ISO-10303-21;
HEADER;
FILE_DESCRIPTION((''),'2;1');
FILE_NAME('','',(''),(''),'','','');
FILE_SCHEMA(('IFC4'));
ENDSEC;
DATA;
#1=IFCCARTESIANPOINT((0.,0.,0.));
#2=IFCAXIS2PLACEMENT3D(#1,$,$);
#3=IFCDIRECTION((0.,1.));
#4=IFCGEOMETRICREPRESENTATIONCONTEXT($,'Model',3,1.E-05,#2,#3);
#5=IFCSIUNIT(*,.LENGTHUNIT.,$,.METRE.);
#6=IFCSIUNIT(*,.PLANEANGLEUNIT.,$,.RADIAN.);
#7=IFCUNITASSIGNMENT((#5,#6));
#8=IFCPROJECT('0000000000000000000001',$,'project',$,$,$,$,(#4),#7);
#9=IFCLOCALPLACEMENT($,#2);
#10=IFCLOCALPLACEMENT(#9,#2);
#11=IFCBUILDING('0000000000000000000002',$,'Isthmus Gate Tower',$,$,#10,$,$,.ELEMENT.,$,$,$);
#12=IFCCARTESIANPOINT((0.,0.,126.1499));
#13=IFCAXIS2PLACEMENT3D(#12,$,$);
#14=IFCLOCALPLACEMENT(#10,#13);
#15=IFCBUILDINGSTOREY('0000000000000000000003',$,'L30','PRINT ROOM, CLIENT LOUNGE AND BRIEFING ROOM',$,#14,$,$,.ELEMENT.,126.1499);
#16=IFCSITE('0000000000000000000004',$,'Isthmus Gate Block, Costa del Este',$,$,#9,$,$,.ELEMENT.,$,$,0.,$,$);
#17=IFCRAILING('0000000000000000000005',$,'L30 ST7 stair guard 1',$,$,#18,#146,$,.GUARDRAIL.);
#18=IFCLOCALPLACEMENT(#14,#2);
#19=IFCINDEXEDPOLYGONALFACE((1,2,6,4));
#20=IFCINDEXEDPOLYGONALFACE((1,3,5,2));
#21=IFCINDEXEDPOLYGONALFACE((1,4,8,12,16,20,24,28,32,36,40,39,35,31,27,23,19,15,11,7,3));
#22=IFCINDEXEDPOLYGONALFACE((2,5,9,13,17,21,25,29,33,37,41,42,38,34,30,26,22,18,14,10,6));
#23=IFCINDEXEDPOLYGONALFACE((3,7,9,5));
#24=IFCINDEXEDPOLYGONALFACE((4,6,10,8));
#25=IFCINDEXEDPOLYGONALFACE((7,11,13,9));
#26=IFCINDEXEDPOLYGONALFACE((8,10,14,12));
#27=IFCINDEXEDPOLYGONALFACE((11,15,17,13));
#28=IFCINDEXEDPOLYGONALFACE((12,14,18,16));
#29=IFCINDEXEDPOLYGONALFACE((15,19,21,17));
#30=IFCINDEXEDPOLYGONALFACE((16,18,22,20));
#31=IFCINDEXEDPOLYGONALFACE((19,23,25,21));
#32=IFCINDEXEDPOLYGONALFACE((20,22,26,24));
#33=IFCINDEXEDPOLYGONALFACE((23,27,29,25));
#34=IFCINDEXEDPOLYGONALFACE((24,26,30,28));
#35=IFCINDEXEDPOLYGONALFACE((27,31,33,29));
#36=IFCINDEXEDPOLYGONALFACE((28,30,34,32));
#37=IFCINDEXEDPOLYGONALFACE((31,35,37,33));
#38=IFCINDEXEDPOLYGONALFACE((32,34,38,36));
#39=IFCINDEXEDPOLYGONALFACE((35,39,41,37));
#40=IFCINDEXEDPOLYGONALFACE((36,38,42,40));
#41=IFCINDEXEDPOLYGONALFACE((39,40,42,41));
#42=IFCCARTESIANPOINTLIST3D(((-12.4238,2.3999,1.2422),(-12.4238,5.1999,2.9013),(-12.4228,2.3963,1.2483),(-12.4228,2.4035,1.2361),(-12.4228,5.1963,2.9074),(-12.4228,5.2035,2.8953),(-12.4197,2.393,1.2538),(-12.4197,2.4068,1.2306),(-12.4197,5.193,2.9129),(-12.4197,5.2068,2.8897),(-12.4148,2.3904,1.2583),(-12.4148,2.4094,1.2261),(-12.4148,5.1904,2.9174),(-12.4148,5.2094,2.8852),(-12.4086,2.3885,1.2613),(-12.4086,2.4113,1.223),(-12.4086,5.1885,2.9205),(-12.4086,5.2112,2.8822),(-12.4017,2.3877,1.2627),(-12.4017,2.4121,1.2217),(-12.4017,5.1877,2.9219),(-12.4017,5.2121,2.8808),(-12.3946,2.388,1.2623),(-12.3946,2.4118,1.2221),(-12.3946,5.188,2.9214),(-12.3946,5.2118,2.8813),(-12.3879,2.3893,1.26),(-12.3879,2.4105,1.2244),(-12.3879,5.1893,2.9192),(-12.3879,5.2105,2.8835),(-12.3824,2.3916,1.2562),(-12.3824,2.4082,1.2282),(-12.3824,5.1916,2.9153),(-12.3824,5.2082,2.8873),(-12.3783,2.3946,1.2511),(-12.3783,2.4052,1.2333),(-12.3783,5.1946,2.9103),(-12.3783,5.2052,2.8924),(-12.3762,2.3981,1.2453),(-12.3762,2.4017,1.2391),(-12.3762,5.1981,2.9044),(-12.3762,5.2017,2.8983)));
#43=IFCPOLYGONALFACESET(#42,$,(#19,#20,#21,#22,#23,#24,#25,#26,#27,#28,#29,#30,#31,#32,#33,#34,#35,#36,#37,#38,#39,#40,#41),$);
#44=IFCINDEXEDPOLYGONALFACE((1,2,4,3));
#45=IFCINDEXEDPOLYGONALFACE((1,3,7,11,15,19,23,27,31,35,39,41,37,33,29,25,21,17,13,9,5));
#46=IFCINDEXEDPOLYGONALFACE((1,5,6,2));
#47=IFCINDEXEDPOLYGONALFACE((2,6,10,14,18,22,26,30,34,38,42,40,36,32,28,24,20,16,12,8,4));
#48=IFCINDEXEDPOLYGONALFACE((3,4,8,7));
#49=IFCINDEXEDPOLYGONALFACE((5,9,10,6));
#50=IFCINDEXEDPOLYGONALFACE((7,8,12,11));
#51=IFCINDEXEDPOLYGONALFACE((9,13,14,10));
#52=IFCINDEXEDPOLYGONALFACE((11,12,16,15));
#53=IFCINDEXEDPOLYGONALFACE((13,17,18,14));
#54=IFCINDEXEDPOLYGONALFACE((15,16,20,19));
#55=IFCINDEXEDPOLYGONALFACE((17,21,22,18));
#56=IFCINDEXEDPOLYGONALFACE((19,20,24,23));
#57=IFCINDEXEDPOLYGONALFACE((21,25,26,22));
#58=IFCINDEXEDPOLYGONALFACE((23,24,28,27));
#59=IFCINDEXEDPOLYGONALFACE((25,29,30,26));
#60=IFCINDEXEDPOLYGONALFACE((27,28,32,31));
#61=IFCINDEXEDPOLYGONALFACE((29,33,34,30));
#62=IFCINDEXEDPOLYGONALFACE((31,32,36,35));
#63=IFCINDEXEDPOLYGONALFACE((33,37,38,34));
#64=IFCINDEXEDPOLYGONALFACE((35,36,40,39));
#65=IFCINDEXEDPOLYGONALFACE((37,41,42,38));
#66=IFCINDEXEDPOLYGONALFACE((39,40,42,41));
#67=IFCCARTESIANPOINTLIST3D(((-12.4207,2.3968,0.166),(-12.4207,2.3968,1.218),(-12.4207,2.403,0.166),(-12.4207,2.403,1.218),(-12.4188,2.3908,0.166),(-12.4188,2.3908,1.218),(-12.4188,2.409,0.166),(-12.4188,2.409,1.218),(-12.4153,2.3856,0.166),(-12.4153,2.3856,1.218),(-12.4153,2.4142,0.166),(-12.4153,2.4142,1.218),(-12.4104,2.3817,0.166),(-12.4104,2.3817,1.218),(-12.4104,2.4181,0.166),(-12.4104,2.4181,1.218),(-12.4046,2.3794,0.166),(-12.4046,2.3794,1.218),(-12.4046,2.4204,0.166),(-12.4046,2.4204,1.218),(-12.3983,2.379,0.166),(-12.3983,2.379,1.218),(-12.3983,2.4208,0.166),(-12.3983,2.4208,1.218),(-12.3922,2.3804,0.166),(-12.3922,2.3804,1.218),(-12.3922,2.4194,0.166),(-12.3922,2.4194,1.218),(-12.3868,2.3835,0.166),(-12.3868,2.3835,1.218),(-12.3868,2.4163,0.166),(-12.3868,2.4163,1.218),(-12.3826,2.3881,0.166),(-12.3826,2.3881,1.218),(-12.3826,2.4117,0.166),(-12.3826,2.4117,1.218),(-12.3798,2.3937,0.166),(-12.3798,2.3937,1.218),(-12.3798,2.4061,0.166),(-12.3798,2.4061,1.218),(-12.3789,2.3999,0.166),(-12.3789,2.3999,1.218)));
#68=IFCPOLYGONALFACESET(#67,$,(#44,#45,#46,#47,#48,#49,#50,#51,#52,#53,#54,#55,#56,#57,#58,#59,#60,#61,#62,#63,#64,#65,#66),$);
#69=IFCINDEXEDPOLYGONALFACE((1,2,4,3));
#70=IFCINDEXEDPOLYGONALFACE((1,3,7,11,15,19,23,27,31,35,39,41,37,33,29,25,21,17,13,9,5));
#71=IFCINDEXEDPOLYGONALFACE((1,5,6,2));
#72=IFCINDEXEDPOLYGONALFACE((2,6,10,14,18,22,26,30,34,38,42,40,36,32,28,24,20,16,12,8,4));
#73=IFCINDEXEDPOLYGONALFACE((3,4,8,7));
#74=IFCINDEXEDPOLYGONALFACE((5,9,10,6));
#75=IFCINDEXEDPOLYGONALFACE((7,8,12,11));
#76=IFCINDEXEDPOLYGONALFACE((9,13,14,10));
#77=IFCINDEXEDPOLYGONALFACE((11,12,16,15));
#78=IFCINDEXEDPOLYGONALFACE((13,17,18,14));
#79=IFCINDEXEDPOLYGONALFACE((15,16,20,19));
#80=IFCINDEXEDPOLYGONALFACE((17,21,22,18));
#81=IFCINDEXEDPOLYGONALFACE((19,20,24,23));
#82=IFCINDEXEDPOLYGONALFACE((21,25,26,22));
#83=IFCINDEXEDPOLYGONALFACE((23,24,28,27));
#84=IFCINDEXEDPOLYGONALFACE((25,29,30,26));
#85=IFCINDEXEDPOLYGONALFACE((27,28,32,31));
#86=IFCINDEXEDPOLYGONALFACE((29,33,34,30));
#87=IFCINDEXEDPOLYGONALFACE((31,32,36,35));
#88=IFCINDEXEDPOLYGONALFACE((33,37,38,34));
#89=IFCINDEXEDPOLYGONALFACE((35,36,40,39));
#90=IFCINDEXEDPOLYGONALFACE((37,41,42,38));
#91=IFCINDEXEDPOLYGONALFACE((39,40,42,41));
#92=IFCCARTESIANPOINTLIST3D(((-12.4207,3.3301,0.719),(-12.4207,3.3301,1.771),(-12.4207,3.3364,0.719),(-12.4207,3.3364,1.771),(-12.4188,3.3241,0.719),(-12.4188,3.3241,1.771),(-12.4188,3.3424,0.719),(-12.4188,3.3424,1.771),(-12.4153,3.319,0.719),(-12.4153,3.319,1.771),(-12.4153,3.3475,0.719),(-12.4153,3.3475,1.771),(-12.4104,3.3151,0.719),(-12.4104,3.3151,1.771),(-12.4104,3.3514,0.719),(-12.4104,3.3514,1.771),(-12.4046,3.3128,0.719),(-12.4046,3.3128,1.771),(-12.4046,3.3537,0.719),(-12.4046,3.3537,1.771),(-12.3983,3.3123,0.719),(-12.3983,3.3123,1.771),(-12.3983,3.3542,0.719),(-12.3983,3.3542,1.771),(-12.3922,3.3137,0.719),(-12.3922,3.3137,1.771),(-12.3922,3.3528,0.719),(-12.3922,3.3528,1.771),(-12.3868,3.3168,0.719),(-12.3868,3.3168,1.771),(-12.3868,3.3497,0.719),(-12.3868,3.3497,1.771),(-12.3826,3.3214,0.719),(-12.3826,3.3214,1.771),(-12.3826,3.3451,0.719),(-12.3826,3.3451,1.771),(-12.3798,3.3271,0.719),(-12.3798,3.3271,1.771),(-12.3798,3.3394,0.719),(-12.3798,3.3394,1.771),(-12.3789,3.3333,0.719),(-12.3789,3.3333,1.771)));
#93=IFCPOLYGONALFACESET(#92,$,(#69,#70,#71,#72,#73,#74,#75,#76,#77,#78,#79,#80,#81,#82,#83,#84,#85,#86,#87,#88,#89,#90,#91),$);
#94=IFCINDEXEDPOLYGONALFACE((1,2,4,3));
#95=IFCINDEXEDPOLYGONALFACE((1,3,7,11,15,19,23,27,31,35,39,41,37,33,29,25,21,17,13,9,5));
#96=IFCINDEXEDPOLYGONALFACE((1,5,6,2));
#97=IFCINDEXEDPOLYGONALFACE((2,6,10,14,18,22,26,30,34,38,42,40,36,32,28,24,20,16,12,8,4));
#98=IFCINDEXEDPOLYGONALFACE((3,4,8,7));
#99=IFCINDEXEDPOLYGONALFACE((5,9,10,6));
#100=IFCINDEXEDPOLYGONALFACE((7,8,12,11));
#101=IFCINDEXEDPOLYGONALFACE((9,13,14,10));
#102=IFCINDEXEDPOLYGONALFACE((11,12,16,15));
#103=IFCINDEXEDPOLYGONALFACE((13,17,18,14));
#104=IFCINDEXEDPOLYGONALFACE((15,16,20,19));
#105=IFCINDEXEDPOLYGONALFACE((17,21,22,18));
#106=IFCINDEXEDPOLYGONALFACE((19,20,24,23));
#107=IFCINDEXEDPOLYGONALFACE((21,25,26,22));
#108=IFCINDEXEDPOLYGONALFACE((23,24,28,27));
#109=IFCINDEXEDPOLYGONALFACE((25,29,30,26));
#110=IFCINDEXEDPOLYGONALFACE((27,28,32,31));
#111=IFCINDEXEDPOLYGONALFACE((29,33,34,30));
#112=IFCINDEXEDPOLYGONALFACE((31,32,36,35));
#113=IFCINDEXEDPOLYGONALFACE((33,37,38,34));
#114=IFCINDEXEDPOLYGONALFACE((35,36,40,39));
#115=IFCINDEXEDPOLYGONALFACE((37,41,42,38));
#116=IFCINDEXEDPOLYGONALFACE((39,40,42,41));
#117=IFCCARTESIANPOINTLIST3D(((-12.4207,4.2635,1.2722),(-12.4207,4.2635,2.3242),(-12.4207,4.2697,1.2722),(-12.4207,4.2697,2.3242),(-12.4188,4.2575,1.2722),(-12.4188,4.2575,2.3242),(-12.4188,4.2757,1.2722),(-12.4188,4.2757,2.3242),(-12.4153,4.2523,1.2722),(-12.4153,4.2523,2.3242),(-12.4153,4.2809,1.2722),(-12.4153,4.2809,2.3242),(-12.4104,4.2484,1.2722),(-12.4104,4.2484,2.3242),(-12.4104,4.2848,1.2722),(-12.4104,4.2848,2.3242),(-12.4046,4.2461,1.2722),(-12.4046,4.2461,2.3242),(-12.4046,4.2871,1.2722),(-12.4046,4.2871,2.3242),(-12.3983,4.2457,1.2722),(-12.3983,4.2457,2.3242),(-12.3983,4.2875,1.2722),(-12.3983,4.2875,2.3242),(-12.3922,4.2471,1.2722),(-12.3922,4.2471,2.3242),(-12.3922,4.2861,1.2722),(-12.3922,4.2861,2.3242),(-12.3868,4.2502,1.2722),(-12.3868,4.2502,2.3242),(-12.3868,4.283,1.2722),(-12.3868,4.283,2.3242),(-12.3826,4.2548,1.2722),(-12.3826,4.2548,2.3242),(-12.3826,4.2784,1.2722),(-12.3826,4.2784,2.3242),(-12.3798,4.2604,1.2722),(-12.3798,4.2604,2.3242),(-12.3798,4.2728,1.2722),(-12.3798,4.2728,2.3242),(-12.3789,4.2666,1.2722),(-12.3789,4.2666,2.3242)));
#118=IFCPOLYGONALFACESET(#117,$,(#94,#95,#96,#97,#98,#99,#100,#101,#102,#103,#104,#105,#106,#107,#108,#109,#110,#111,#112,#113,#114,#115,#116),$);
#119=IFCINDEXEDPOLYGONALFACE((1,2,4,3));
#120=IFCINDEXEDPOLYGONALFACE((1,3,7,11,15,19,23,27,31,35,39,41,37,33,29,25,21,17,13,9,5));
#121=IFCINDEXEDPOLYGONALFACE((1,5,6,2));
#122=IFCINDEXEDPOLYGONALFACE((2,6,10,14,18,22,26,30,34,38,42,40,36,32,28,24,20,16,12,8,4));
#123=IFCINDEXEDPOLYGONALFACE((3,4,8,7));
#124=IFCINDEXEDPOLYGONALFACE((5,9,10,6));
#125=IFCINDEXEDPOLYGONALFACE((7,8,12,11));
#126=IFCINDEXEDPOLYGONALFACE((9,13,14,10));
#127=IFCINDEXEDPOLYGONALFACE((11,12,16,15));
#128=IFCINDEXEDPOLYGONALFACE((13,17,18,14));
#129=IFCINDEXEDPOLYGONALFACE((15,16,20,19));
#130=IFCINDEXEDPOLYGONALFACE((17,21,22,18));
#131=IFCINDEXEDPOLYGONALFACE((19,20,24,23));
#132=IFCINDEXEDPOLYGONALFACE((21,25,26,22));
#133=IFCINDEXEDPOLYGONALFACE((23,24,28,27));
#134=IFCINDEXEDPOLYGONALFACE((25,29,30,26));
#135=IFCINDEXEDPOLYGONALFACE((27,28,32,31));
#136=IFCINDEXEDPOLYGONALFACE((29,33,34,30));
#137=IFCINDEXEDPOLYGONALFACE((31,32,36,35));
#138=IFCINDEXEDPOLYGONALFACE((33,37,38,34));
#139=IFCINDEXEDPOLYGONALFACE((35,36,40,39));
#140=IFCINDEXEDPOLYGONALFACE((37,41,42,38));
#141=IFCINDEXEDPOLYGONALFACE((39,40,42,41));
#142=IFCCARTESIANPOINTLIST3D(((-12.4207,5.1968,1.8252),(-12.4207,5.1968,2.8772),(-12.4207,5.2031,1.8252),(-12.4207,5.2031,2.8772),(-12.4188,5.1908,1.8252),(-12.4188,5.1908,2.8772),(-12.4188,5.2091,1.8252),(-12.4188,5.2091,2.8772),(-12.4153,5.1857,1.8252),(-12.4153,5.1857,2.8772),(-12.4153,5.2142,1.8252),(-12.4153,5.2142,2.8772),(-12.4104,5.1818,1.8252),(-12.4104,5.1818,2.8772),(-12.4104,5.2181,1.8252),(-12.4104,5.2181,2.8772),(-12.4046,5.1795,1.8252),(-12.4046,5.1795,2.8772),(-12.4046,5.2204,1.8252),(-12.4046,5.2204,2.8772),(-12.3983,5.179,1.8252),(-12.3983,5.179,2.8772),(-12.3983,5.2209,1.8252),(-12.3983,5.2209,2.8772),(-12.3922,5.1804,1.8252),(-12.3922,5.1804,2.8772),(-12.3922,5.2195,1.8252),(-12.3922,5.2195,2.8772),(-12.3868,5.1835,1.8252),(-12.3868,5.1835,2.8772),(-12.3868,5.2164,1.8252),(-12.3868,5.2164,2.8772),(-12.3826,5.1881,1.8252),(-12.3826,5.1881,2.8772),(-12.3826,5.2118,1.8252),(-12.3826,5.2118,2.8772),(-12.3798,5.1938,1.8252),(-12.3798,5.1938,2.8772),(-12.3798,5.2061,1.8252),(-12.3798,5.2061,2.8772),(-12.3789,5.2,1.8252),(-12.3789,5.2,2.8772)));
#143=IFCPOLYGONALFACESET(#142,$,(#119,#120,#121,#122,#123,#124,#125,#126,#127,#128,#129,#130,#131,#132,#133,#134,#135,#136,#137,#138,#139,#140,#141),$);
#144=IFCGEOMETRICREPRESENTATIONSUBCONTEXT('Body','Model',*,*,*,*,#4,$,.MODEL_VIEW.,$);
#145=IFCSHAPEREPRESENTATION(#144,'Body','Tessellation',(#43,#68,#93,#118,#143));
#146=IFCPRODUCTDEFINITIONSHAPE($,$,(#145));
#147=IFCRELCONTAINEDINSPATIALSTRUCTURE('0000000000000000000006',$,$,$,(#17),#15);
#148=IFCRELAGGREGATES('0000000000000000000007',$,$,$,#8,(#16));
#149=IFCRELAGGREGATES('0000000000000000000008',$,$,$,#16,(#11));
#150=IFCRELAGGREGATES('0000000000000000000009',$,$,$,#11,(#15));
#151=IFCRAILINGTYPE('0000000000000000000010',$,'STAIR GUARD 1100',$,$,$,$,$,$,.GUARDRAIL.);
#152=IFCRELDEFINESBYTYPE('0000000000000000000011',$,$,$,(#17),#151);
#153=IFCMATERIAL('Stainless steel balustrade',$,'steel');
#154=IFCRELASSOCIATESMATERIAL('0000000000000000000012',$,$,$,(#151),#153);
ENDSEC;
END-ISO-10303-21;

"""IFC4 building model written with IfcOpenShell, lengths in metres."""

from ifc_helpers import new_model, si_unit, direction, frame, origin, origin_2d, place, context, subcontext, project, spatial, circle, extrude, material, type_object, element, save


model = new_model("IFC4")

# Units and contexts
model_context = context("Model", 3, precision=1e-05, world=origin(), true_north=direction((0.0, 1.0)))
body_context = subcontext(model_context, "Body", "Model", "MODEL_VIEW")
ifc_project = project(units=[si_unit("LENGTHUNIT", "METRE"), si_unit("PLANEANGLEUNIT", "RADIAN")], contexts=[model_context])

# Site, building, storey
site_placement = place(None, origin())
site = spatial("IfcSite", under=ifc_project, at=site_placement, Name="Isthmus Gate Block, Costa del Este", CompositionType="ELEMENT", RefElevation=0.0)
building_placement = place(site_placement, origin())
building = spatial("IfcBuilding", under=site, at=building_placement, Name="Isthmus Gate Tower", CompositionType="ELEMENT")
storey_placement = place(building_placement, frame((0.0, 0.0, 126.1499)))
storey = spatial("IfcBuildingStorey", under=building, at=storey_placement, Name="L30", Description="PRINT ROOM, CLIENT LOUNGE AND BRIEFING ROOM", CompositionType="ELEMENT", Elevation=126.1499)

# Railing
ifc_material_1 = material(Name="Stainless steel balustrade", Category="steel")
railing_type_1 = type_object("IfcRailingType", Name="STAIR GUARD 1100", PredefinedType="GUARDRAIL", material=ifc_material_1)
for number, where, name in (
    (1, (-12.3999, 2.3999, 0.166), "L30 ST7 stair guard 1"),
):
    element("IfcRailing", number, at=place(storey_placement, frame(where)), inside=storey, type_object=railing_type_1, Name=name, PredefinedType="GUARDRAIL", context=body_context, shape_type="SweptSolid", body=[
        extrude(circle(Radius=0.0239, at=origin_2d()), frame((0.0, 0.0, 1.0762), z_axis=(0.0, 0.860306, 0.509778), x_axis=(-1.0, 0.0, 0.0)), (0.0, 0.0, 1.0), 3.2546),
        extrude(circle(Radius=0.021, at=origin_2d()), origin(), (0.0, 0.0, 1.0), 1.052),
        extrude(circle(Radius=0.021, at=origin_2d()), frame((0.0, 0.9333, 0.553)), (0.0, 0.0, 1.0), 1.052),
        extrude(circle(Radius=0.021, at=origin_2d()), frame((0.0, 1.8667, 1.1062)), (0.0, 0.0, 1.0), 1.052),
        extrude(circle(Radius=0.021, at=origin_2d()), frame((0.0, 2.8, 1.6592)), (0.0, 0.0, 1.0), 1.052),
    ])

save(model, "model.ifc")
